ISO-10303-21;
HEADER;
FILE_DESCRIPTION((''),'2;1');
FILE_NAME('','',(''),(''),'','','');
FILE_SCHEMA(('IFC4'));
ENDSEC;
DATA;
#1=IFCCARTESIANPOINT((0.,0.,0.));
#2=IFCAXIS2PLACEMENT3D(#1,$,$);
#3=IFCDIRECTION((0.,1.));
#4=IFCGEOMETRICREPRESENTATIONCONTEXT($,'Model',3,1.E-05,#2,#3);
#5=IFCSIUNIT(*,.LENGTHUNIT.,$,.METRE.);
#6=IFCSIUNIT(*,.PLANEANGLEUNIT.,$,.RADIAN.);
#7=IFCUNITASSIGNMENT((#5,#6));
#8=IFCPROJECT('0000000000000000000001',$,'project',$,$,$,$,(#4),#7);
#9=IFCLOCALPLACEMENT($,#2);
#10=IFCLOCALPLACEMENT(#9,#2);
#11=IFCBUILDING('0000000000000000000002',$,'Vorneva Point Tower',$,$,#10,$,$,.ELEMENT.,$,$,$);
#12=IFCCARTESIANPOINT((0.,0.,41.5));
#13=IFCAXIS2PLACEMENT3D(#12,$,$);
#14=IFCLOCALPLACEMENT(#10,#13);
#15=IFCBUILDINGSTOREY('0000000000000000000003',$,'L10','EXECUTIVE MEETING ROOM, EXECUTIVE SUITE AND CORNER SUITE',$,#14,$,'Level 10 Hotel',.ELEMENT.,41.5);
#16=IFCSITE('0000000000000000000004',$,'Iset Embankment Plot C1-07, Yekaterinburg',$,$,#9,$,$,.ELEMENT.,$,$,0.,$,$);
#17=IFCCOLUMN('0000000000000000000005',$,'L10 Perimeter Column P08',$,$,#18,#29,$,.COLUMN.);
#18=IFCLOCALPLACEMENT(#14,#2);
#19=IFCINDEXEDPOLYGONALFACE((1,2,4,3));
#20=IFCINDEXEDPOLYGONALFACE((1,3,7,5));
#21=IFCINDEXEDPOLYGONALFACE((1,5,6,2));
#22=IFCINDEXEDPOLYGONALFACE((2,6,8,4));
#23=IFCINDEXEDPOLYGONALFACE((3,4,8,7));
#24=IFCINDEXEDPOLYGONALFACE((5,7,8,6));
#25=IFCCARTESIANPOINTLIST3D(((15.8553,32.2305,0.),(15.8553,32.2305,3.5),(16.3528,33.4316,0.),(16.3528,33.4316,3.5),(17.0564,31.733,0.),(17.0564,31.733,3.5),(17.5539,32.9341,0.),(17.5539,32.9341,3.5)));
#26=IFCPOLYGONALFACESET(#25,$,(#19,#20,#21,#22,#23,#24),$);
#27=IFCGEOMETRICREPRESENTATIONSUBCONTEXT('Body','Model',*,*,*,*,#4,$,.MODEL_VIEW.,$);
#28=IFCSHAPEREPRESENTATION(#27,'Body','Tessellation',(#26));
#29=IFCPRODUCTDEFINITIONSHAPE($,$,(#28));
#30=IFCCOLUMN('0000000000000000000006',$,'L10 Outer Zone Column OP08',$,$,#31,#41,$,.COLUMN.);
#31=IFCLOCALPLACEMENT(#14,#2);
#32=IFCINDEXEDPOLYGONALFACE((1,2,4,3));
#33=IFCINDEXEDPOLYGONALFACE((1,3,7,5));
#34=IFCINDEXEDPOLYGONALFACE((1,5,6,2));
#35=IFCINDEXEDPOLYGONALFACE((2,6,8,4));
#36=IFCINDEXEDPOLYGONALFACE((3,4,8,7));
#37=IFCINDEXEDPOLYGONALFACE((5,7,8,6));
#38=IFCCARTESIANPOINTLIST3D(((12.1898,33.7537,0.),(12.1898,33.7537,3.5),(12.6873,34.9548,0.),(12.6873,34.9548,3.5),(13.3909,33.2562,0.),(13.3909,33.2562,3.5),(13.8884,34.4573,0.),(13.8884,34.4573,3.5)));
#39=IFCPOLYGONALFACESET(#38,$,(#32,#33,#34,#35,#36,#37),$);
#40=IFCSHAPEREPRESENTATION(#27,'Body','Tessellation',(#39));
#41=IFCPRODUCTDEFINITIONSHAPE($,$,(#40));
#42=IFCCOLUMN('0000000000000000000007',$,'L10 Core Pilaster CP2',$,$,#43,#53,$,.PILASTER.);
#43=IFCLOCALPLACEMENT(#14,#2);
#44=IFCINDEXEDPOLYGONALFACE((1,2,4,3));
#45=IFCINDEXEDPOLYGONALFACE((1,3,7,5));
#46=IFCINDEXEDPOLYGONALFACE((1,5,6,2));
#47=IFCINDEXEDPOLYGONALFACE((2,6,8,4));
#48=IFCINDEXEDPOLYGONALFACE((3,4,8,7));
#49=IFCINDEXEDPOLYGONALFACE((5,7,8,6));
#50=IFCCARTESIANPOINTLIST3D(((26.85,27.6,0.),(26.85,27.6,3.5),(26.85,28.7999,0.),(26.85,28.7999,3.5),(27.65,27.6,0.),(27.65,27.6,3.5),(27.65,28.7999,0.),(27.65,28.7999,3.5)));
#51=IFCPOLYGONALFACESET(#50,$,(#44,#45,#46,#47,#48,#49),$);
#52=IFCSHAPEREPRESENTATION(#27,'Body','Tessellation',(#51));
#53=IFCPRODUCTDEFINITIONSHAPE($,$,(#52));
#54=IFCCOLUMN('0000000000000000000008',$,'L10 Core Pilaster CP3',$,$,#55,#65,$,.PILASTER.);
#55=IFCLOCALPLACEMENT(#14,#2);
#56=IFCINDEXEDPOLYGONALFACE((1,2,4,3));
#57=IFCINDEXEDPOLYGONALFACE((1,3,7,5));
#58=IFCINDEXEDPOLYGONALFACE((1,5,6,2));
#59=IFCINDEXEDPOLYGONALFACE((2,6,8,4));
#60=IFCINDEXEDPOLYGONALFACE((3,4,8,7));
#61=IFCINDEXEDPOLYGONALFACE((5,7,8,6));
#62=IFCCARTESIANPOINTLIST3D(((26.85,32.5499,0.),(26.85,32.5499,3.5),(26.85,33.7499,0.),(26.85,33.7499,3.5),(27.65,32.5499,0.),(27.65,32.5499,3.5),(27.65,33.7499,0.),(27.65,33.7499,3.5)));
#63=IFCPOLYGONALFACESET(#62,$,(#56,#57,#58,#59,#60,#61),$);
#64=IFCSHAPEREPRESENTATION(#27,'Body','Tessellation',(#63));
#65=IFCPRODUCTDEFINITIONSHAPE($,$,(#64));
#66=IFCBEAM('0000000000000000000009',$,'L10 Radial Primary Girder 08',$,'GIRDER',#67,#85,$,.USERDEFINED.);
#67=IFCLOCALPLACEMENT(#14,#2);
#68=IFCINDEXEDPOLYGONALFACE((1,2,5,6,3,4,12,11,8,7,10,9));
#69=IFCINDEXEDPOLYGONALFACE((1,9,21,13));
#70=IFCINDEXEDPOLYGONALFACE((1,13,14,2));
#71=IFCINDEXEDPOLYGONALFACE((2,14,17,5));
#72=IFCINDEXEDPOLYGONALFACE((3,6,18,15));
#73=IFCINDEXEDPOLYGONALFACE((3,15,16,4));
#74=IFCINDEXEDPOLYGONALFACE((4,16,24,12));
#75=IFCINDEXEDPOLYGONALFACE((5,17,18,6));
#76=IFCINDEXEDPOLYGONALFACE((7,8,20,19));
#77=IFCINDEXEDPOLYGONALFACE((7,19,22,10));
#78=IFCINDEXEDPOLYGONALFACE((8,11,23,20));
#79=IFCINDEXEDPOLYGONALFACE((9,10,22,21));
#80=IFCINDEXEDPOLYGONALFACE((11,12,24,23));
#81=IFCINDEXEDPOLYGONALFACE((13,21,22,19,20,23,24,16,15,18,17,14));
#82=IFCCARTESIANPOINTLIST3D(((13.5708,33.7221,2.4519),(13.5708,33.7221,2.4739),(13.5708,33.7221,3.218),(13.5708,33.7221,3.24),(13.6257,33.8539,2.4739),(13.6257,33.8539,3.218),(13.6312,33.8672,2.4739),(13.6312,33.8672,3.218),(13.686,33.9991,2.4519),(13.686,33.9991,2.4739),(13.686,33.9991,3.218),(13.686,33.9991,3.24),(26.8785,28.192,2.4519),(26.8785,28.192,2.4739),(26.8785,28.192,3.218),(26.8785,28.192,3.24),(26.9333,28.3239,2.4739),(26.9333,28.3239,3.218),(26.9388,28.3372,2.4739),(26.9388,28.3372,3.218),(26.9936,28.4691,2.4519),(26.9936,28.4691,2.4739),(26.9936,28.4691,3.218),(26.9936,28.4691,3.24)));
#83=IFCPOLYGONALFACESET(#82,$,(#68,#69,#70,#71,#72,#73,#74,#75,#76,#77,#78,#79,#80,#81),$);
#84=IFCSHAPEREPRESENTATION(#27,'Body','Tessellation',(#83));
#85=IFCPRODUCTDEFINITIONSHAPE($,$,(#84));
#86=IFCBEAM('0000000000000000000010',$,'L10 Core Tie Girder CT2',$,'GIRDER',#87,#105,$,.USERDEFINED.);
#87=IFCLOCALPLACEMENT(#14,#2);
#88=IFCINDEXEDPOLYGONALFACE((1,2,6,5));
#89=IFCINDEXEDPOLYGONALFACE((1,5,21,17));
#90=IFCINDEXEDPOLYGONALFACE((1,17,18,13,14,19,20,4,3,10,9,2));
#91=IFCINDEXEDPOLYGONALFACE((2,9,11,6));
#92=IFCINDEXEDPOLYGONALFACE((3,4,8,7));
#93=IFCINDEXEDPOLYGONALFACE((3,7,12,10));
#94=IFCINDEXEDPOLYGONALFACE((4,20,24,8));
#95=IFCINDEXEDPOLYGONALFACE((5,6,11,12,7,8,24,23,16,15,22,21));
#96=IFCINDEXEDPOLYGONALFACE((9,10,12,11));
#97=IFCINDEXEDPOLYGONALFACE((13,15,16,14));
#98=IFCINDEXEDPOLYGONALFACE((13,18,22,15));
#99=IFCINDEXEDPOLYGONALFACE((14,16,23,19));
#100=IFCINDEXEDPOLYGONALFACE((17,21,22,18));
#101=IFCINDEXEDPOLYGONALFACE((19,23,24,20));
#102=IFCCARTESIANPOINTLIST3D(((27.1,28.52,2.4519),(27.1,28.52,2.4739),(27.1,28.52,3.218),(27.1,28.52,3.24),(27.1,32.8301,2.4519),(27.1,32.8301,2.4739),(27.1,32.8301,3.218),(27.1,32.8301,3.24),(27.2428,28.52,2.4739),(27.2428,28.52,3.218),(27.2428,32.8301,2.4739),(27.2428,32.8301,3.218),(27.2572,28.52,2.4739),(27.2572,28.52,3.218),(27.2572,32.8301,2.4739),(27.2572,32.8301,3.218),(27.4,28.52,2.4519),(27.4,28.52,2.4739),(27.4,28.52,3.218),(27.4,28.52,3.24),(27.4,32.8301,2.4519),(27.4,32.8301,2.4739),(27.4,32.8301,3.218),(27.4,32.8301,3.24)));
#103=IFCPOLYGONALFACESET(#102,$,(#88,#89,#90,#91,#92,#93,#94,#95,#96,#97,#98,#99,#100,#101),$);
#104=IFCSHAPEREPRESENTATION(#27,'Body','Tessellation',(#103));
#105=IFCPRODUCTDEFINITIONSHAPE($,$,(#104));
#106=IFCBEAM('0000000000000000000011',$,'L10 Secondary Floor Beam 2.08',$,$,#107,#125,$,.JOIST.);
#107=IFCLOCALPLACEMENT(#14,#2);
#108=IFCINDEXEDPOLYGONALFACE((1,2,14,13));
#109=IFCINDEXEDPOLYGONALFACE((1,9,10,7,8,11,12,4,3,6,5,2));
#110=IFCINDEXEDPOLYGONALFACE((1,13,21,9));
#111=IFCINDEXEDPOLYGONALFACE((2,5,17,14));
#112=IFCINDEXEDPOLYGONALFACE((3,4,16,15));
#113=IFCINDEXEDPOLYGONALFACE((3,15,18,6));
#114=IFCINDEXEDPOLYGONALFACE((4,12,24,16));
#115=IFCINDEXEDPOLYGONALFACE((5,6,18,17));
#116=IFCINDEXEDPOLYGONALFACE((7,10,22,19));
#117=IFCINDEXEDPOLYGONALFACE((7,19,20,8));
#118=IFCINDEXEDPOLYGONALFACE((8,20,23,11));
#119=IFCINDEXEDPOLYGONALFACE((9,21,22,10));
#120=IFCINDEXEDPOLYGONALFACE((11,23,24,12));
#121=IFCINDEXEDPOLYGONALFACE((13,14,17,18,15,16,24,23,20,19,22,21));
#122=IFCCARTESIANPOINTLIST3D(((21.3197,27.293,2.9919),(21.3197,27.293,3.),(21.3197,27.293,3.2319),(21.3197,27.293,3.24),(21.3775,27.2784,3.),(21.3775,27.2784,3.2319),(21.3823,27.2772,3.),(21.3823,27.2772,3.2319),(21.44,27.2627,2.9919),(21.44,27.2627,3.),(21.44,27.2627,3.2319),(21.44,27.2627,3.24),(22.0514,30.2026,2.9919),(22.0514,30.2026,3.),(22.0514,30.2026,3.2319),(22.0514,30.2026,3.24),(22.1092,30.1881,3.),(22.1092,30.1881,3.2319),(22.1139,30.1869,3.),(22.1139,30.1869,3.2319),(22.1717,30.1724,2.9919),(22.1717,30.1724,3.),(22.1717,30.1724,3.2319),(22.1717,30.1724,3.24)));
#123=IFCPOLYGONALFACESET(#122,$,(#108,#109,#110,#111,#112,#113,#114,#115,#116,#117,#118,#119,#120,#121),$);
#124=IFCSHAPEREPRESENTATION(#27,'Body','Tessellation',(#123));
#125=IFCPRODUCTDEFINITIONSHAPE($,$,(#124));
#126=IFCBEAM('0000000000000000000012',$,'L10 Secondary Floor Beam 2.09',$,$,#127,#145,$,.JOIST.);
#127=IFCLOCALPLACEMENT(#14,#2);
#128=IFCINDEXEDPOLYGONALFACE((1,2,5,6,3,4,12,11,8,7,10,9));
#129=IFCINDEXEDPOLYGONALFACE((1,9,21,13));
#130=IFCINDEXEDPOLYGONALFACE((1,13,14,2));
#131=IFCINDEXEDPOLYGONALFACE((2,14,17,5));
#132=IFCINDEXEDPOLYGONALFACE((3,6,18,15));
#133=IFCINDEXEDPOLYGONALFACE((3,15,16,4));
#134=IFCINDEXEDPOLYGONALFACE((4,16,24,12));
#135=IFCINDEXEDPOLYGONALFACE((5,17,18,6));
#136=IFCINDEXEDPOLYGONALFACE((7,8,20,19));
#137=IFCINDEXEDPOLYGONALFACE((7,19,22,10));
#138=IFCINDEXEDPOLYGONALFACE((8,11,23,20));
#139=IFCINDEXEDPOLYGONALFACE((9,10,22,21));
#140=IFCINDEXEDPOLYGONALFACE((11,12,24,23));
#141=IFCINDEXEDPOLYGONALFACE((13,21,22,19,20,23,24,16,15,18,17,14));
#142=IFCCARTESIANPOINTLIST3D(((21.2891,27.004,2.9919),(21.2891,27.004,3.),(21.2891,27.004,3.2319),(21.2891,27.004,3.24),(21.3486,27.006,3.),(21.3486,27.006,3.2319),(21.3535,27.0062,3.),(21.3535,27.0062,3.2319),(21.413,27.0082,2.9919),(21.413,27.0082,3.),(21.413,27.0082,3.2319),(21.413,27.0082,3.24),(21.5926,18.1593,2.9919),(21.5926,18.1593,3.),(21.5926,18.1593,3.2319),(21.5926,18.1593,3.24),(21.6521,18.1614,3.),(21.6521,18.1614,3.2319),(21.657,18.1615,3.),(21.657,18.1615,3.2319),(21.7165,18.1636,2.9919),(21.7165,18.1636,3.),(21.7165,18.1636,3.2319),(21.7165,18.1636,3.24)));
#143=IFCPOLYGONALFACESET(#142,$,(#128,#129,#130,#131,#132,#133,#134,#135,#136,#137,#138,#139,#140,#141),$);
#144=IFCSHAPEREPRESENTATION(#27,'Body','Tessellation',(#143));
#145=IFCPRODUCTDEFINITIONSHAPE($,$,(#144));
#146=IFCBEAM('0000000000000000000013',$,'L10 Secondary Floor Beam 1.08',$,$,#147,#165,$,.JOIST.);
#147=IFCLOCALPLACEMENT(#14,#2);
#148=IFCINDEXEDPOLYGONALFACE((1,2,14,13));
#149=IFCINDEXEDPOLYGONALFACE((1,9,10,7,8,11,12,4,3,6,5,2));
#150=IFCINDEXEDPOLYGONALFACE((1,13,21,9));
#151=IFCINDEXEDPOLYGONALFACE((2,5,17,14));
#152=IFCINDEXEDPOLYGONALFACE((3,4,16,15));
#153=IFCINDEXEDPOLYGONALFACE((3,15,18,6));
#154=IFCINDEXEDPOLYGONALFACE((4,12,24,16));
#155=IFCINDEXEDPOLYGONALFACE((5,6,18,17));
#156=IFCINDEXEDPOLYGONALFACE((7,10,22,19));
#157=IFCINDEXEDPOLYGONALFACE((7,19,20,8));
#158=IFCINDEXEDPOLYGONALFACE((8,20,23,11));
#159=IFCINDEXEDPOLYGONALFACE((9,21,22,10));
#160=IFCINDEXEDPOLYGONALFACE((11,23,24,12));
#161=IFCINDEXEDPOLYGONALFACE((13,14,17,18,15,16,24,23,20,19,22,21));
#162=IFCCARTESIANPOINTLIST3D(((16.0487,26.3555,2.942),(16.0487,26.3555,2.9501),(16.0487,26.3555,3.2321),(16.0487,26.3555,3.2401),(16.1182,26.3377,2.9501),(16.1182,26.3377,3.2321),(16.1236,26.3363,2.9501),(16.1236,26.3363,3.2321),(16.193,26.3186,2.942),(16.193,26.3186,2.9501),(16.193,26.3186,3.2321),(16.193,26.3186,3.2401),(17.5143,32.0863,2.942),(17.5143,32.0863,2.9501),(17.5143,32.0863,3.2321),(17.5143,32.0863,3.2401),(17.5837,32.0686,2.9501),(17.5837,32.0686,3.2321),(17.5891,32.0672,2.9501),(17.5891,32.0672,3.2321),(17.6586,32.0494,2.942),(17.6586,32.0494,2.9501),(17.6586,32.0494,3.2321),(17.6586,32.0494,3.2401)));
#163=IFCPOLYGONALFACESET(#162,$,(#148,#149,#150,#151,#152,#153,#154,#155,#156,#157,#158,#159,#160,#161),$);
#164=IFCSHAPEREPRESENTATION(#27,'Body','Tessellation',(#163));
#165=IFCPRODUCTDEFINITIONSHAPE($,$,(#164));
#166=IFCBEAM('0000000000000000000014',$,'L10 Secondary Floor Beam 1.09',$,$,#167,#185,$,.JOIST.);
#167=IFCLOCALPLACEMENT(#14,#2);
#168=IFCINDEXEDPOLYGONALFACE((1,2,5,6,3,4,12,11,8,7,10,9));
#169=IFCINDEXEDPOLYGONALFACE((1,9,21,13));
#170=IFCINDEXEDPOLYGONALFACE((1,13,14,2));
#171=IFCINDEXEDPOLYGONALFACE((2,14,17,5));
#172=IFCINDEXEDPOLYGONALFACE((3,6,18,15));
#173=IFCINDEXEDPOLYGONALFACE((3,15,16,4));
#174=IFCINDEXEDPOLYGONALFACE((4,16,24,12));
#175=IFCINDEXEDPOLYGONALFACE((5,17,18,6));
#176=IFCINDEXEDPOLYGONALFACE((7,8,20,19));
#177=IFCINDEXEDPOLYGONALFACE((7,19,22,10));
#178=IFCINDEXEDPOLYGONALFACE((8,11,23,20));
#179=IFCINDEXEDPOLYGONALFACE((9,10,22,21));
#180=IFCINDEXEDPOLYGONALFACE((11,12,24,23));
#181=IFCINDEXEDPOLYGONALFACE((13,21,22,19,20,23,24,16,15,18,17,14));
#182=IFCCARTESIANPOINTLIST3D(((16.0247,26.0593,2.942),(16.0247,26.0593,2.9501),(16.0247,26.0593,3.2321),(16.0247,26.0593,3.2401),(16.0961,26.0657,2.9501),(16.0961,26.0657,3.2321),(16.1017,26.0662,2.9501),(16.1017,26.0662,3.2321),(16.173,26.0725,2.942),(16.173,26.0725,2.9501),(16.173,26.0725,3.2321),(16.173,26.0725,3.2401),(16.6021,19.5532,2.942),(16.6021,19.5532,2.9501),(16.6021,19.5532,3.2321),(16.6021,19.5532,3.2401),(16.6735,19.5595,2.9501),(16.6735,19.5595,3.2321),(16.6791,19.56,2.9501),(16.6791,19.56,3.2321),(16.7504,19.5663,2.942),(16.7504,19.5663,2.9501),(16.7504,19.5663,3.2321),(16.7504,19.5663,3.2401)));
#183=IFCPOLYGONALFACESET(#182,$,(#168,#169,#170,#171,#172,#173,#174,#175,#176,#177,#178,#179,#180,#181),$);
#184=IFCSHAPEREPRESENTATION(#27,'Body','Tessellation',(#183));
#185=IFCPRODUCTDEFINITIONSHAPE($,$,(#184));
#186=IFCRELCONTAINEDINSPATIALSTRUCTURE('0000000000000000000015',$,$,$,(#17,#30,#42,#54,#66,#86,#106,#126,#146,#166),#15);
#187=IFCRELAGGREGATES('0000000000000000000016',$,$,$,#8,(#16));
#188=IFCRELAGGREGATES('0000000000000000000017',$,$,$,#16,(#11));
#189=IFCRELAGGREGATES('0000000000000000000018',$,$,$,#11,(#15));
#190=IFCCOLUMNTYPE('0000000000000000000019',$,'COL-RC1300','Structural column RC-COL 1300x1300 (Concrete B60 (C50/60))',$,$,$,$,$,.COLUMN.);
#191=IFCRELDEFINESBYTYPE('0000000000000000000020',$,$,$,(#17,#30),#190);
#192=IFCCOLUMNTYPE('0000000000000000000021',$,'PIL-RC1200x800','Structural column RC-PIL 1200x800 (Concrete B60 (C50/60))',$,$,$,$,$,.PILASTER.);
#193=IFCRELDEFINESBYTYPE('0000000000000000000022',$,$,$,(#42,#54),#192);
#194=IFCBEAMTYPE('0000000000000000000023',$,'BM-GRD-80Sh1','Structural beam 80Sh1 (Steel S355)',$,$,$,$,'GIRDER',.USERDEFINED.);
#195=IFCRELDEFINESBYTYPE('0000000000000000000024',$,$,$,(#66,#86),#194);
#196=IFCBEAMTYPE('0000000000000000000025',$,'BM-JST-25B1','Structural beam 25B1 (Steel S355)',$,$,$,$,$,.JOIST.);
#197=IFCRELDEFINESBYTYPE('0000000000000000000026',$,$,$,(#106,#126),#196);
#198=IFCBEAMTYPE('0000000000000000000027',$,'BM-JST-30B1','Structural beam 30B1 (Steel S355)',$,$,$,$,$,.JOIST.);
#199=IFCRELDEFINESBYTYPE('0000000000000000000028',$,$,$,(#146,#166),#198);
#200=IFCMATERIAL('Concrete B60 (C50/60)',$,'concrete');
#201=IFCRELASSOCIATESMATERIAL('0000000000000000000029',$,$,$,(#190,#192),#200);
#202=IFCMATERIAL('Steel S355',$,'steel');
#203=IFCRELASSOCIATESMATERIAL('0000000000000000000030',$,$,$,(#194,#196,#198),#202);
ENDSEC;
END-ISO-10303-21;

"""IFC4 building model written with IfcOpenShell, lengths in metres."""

from ifc_helpers import new_model, si_unit, direction, frame, origin, origin_2d, place, context, subcontext, project, spatial, rectangle, i_section, extrude, material, material_profile, profile_set, type_object, element, save


model = new_model("IFC4")

# Units and contexts
model_context = context("Model", 3, precision=1e-05, world=origin(), true_north=direction((0.0, 1.0)))
body_context = subcontext(model_context, "Body", "Model", "MODEL_VIEW")
ifc_project = project(units=[si_unit("LENGTHUNIT", "METRE"), si_unit("PLANEANGLEUNIT", "RADIAN")], contexts=[model_context])

# Site, building, storey
site_placement = place(None, origin())
site = spatial("IfcSite", under=ifc_project, at=site_placement, Name="Iset Embankment Plot C1-07, Yekaterinburg", CompositionType="ELEMENT", RefElevation=0.0)
building_placement = place(site_placement, origin())
building = spatial("IfcBuilding", under=site, at=building_placement, Name="Vorneva Point Tower", CompositionType="ELEMENT")
storey_placement = place(building_placement, frame((0.0, 0.0, 41.5)))
storey = spatial("IfcBuildingStorey", under=building, at=storey_placement, Name="L10", Description="EXECUTIVE MEETING ROOM, EXECUTIVE SUITE AND CORNER SUITE", LongName="Level 10 Hotel", CompositionType="ELEMENT", Elevation=41.5)

# Columns
ifc_material_1 = material(Name="Concrete B60 (C50/60)", Category="concrete")
ifc_material_profile_1 = material_profile(ifc_material_1, rectangle(XDim=1.3, YDim=1.3, at=origin_2d()), Name="RC-COL 1300x1300")
ifc_profile_set_1 = profile_set([ifc_material_profile_1], Name="Concrete B60 (C50/60)")
column_type_1 = type_object("IfcColumnType", Name="COL-RC1300", Description="Structural column RC-COL 1300x1300 (Concrete B60 (C50/60))", PredefinedType="COLUMN", material=ifc_profile_set_1)
for number, where, z_axis, x_axis, name in (
    (1, (16.7046, 32.5823, 0.0), (0.0, 0.0, 1.0), (-0.92388, 0.382683, 0.0), "L10 Perimeter Column P08"),
    (2, (13.0391, 34.1055, 0.0), (0.0, 0.0, 1.0), (-0.92388, 0.382683, 0.0), "L10 Outer Zone Column OP08"),
):
    element("IfcColumn", number, at=place(storey_placement, frame(where, z_axis=z_axis, x_axis=x_axis)), inside=storey, type_object=column_type_1, Name=name, PredefinedType="COLUMN", context=body_context, shape_type="SweptSolid", body=[
        extrude(rectangle(XDim=1.3, YDim=1.3, at=origin_2d()), origin(), (0.0, 0.0, 1.0), 3.5),
    ])
ifc_material_profile_2 = material_profile(ifc_material_1, rectangle(XDim=0.8, YDim=1.2, at=origin_2d()), Name="RC-PIL 1200x800")
ifc_profile_set_2 = profile_set([ifc_material_profile_2], Name="Concrete B60 (C50/60)")
column_type_2 = type_object("IfcColumnType", Name="PIL-RC1200x800", Description="Structural column RC-PIL 1200x800 (Concrete B60 (C50/60))", PredefinedType="PILASTER", material=ifc_profile_set_2)
for number, where, z_axis, x_axis, name in (
    (3, (27.25, 28.2, 0.0), (0.0, 0.0, 1.0), (1.0, 0.0, 0.0), "L10 Core Pilaster CP2"),
    (4, (27.25, 33.1499, 0.0), (0.0, 0.0, 1.0), (1.0, 0.0, 0.0), "L10 Core Pilaster CP3"),
):
    element("IfcColumn", number, at=place(storey_placement, frame(where, z_axis=z_axis, x_axis=x_axis)), inside=storey, type_object=column_type_2, Name=name, PredefinedType="PILASTER", context=body_context, shape_type="SweptSolid", body=[
        extrude(rectangle(XDim=0.8, YDim=1.2, at=origin_2d()), origin(), (0.0, 0.0, 1.0), 3.5),
    ])

# Beams
ifc_material_2 = material(Name="Steel S355", Category="steel")
ifc_material_profile_3 = material_profile(ifc_material_2, i_section(OverallWidth=0.3, OverallDepth=0.7881, WebThickness=0.0144, FlangeThickness=0.022, at=origin_2d()), Name="80Sh1")
ifc_profile_set_3 = profile_set([ifc_material_profile_3], Name="Steel S355")
beam_type_1 = type_object("IfcBeamType", Name="BM-GRD-80Sh1", Description="Structural beam 80Sh1 (Steel S355)", ElementType="GIRDER", PredefinedType="USERDEFINED", material=ifc_profile_set_3)
beam_1_placement = place(storey_placement, frame((13.6284, 33.8606, 2.8459), z_axis=(0.923441, -0.383739, 0.0), x_axis=(0.383739, 0.923441, 0.0)))
element("IfcBeam", 5, at=beam_1_placement, inside=storey, type_object=beam_type_1, Name="L10 Radial Primary Girder 08", ObjectType="GIRDER", PredefinedType="USERDEFINED", context=body_context, shape_type="SweptSolid", body=[
    extrude(i_section(OverallWidth=0.3, OverallDepth=0.7881, WebThickness=0.0144, FlangeThickness=0.022, at=origin_2d()), origin(), (0.0, 0.0, 1.0), 14.4109),
])
beam_2_placement = place(storey_placement, frame((27.25, 28.52, 2.8459), z_axis=(0.0, 1.0, 0.0), x_axis=(-1.0, 0.0, 0.0)))
element("IfcBeam", 6, at=beam_2_placement, inside=storey, type_object=beam_type_1, Name="L10 Core Tie Girder CT2", ObjectType="GIRDER", PredefinedType="USERDEFINED", context=body_context, shape_type="SweptSolid", body=[
    extrude(i_section(OverallWidth=0.3, OverallDepth=0.7881, WebThickness=0.0144, FlangeThickness=0.022, at=origin_2d()), origin(), (0.0, 0.0, 1.0), 4.3101),
])
ifc_material_profile_4 = material_profile(ifc_material_2, i_section(OverallWidth=0.124, OverallDepth=0.248, WebThickness=0.0049, FlangeThickness=0.0081, at=origin_2d()), Name="25B1")
ifc_profile_set_4 = profile_set([ifc_material_profile_4], Name="Steel S355")
beam_type_2 = type_object("IfcBeamType", Name="BM-JST-25B1", Description="Structural beam 25B1 (Steel S355)", PredefinedType="JOIST", material=ifc_profile_set_4)
beam_3_placement = place(storey_placement, frame((22.1116, 30.1875, 3.116), z_axis=(-0.243876, -0.969807, 0.0), x_axis=(0.969807, -0.243876, 0.0)))
element("IfcBeam", 7, at=beam_3_placement, inside=storey, type_object=beam_type_2, Name="L10 Secondary Floor Beam 2.08", PredefinedType="JOIST", context=body_context, shape_type="SweptSolid", body=[
    extrude(i_section(OverallWidth=0.124, OverallDepth=0.248, WebThickness=0.0049, FlangeThickness=0.0081, at=origin_2d()), origin(), (0.0, 0.0, 1.0), 3.0002),
])
beam_4_placement = place(storey_placement, frame((21.3511, 27.0061, 3.116), z_axis=(0.03429, -0.999412, 0.0), x_axis=(0.999412, 0.03429, 0.0)))
element("IfcBeam", 8, at=beam_4_placement, inside=storey, type_object=beam_type_2, Name="L10 Secondary Floor Beam 2.09", PredefinedType="JOIST", context=body_context, shape_type="SweptSolid", body=[
    extrude(i_section(OverallWidth=0.124, OverallDepth=0.248, WebThickness=0.0049, FlangeThickness=0.0081, at=origin_2d()), origin(), (0.0, 0.0, 1.0), 8.8499),
])
ifc_material_profile_5 = material_profile(ifc_material_2, i_section(OverallWidth=0.1489, OverallDepth=0.2981, WebThickness=0.0056, FlangeThickness=0.0081, at=origin_2d()), Name="30B1")
ifc_profile_set_5 = profile_set([ifc_material_profile_5], Name="Steel S355")
beam_type_3 = type_object("IfcBeamType", Name="BM-JST-30B1", Description="Structural beam 30B1 (Steel S355)", PredefinedType="JOIST", material=ifc_profile_set_5)
beam_5_placement = place(storey_placement, frame((17.5864, 32.0679, 3.0911), z_axis=(-0.247757, -0.968822, 0.0), x_axis=(0.968822, -0.247757, 0.0)))
element("IfcBeam", 9, at=beam_5_placement, inside=storey, type_object=beam_type_3, Name="L10 Secondary Floor Beam 1.08", PredefinedType="JOIST", context=body_context, shape_type="SweptSolid", body=[
    extrude(i_section(OverallWidth=0.1489, OverallDepth=0.2981, WebThickness=0.0056, FlangeThickness=0.0081, at=origin_2d()), origin(), (0.0, 0.0, 1.0), 5.9153),
])
beam_6_placement = place(storey_placement, frame((16.0989, 26.0659, 3.0911), z_axis=(0.088399, -0.996085, 0.0), x_axis=(0.996085, 0.088399, 0.0)))
element("IfcBeam", 10, at=beam_6_placement, inside=storey, type_object=beam_type_3, Name="L10 Secondary Floor Beam 1.09", PredefinedType="JOIST", context=body_context, shape_type="SweptSolid", body=[
    extrude(i_section(OverallWidth=0.1489, OverallDepth=0.2981, WebThickness=0.0056, FlangeThickness=0.0081, at=origin_2d()), origin(), (0.0, 0.0, 1.0), 6.5317),
])

save(model, "model.ifc")
